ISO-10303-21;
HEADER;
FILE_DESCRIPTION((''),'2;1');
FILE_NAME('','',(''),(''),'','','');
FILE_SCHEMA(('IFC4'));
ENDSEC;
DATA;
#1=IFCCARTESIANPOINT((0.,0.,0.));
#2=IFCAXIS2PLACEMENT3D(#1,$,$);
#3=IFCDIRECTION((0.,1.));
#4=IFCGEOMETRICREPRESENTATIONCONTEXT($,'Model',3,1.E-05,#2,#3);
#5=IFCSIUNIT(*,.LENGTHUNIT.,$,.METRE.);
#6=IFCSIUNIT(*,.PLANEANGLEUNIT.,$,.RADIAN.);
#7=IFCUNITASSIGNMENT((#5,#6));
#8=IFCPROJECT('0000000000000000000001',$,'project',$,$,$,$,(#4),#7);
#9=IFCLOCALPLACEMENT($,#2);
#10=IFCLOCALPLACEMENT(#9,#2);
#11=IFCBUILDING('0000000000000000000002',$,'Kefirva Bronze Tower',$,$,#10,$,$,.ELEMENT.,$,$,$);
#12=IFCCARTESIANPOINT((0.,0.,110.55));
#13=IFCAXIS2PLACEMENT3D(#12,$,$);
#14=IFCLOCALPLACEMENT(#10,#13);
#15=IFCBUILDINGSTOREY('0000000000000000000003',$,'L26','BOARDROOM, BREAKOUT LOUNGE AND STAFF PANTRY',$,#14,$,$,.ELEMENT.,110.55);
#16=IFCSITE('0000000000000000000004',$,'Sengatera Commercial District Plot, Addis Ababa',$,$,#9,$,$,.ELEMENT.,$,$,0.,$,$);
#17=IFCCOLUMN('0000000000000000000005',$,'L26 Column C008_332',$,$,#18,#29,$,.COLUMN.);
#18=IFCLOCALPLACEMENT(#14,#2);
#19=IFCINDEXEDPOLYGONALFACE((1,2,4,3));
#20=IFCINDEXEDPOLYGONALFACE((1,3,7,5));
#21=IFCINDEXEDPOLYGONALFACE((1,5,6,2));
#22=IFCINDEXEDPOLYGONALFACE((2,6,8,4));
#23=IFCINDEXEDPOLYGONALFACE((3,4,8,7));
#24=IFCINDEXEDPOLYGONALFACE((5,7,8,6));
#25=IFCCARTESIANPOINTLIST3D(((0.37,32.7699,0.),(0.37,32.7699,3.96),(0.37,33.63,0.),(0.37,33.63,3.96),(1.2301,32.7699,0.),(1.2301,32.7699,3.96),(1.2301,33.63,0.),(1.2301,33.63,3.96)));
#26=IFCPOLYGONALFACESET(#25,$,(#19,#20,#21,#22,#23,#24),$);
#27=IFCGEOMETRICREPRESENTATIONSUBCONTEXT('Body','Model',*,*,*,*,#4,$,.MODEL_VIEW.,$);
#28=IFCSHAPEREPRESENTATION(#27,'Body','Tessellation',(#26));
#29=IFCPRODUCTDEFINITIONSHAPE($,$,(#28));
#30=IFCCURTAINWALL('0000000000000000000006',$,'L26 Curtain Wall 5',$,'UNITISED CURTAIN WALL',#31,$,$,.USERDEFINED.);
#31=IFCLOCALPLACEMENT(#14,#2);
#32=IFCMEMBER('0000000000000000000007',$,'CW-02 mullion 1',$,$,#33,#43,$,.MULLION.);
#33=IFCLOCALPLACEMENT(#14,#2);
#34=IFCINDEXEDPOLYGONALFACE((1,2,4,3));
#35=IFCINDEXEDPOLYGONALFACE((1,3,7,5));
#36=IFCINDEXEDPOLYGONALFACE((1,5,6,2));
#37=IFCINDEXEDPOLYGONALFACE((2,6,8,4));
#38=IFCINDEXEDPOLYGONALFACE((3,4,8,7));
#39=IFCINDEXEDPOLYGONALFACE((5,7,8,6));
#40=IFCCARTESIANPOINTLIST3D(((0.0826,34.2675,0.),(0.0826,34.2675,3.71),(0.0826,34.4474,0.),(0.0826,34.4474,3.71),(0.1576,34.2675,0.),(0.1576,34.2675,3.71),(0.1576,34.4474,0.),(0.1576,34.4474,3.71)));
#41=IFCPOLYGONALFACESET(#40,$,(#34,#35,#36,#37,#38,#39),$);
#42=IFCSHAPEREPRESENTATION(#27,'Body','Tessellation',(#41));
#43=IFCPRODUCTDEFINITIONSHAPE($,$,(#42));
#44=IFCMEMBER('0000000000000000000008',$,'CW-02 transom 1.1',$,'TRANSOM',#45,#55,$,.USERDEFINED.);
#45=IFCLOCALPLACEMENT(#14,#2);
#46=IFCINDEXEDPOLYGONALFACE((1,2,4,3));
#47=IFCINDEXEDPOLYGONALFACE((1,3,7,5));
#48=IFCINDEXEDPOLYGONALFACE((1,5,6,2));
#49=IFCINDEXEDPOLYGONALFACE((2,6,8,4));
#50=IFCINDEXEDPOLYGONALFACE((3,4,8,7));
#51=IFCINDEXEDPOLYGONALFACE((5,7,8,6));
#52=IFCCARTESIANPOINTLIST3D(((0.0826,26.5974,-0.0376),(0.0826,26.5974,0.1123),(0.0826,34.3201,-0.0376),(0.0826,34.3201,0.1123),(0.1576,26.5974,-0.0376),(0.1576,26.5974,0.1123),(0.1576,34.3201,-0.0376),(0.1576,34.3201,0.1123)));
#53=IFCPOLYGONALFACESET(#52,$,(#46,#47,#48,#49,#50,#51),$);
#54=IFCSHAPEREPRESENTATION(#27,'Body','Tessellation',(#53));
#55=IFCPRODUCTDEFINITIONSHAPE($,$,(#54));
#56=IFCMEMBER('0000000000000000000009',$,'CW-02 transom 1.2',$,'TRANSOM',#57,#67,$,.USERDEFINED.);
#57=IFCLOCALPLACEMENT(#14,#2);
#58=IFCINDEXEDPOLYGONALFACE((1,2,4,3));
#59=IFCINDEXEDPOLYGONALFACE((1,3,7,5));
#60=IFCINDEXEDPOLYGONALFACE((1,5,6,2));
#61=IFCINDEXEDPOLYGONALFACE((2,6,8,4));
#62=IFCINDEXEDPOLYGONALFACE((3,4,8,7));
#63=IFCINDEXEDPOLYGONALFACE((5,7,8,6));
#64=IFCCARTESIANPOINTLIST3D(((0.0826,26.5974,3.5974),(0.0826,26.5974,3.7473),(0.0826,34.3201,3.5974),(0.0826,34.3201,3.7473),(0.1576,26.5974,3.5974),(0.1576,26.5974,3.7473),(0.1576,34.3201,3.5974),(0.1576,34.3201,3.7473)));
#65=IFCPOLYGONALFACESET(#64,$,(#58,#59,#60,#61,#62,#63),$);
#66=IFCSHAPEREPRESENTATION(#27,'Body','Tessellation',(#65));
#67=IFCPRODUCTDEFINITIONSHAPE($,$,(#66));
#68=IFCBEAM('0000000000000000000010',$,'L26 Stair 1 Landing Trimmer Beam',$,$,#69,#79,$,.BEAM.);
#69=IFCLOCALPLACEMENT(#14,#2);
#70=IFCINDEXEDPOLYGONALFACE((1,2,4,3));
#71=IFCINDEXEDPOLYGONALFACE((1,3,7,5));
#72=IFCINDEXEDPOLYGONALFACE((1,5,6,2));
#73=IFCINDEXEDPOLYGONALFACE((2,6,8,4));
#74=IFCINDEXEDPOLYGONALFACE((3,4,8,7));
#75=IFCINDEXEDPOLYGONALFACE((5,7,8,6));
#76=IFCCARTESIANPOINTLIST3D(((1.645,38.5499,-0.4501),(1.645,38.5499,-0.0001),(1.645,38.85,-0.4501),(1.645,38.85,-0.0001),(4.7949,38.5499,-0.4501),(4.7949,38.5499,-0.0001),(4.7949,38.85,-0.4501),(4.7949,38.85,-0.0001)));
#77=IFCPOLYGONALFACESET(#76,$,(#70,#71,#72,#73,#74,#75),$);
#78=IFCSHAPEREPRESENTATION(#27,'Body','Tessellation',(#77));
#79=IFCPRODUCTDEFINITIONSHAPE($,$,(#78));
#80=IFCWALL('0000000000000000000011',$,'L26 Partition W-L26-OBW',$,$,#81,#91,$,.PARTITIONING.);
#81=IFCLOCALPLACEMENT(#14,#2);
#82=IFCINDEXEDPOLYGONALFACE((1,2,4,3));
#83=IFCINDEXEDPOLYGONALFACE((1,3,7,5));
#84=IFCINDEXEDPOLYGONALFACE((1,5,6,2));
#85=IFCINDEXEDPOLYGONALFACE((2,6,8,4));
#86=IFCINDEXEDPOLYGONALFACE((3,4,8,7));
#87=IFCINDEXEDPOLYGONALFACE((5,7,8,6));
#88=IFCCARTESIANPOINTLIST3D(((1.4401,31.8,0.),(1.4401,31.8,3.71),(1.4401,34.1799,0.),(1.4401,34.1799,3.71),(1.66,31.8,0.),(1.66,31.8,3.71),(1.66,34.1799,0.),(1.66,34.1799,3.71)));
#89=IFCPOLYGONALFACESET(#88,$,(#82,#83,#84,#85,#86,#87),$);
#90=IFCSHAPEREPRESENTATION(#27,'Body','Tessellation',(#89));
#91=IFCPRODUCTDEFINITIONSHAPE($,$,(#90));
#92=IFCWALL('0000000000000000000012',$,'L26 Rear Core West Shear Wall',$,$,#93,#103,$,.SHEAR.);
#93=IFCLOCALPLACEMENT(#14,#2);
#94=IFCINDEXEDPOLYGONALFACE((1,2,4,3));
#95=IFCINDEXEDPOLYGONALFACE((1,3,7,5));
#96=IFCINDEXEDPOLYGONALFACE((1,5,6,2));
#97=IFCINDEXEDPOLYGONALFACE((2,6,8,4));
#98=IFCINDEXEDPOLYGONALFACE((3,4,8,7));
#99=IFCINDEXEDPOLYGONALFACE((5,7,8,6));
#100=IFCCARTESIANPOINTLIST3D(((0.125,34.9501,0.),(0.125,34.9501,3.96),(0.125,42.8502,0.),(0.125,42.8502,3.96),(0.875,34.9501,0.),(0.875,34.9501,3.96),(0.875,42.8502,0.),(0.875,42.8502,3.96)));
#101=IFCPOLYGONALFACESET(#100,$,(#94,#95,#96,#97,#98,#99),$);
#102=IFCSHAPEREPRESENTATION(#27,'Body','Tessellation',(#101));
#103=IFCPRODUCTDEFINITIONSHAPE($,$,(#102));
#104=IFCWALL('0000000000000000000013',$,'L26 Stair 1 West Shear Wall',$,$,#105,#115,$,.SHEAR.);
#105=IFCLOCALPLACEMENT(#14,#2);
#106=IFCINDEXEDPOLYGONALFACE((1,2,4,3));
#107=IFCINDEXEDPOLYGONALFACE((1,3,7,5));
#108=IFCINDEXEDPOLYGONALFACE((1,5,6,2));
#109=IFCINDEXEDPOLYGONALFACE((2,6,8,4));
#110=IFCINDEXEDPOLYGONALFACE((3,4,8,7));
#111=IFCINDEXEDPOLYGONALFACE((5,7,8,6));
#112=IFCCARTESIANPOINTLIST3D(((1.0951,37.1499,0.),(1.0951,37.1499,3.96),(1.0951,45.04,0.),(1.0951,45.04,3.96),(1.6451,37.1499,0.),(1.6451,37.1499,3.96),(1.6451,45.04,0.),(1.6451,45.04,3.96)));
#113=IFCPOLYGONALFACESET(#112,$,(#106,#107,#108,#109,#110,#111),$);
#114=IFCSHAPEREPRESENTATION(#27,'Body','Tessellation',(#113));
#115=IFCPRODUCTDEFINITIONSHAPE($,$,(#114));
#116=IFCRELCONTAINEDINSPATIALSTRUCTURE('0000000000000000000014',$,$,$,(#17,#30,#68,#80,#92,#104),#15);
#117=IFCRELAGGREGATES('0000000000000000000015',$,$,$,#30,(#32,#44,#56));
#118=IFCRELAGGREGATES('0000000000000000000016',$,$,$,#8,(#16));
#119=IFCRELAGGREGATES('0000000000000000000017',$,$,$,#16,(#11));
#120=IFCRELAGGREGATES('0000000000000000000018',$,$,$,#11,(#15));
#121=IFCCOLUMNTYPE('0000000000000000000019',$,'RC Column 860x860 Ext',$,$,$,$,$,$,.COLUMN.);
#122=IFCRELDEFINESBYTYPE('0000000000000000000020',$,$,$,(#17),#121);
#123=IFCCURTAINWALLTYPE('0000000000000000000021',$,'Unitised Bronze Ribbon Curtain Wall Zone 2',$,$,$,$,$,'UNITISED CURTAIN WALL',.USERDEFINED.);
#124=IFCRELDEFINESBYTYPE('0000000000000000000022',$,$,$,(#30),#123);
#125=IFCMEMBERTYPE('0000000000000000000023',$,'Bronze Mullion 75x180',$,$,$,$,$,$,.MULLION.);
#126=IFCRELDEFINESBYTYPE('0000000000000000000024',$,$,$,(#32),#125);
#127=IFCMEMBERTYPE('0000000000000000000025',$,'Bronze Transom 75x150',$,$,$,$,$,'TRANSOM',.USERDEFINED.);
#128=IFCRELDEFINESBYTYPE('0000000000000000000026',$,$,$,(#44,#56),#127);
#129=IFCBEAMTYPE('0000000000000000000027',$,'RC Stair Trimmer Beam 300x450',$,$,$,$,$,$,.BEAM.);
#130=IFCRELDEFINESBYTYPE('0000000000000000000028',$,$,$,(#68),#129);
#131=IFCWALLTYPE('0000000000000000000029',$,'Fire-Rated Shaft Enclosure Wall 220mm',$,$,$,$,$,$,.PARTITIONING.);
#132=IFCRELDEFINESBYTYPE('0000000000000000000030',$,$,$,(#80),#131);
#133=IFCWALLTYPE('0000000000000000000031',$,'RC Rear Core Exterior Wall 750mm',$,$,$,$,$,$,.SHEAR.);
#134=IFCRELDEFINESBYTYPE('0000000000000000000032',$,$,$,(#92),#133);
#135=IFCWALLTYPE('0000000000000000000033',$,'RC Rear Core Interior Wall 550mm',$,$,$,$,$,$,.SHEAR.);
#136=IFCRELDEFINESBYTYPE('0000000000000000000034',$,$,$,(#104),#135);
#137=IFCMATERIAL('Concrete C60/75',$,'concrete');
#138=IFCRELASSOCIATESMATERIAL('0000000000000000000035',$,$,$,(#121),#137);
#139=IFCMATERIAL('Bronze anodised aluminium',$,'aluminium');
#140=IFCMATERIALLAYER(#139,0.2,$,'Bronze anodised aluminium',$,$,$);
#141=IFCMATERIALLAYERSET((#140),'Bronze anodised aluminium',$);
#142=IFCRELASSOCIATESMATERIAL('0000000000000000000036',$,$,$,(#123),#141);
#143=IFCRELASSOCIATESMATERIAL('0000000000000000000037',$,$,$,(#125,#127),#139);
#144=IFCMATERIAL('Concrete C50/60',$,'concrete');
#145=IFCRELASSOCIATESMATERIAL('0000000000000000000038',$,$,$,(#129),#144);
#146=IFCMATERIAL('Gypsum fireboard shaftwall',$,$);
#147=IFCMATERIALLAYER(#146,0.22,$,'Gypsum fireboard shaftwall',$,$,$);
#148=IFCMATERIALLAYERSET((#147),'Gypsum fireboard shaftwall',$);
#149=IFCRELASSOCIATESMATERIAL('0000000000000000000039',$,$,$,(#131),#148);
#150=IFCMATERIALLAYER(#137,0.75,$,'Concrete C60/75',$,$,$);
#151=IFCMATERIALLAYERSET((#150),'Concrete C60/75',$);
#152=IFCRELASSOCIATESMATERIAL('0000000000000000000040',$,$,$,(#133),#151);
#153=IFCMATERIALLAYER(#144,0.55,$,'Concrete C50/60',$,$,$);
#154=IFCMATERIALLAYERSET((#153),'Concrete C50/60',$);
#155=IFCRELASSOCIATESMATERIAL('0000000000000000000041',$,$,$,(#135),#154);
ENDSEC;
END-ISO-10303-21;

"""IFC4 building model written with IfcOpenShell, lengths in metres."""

from ifc_helpers import new_model, si_unit, direction, frame, frame_2d, origin, origin_2d, place, context, subcontext, project, spatial, rectangle, extrude, material, layer, layer_set, material_profile, profile_set, type_object, element, aggregate, save


model = new_model("IFC4")

# Units and contexts
model_context = context("Model", 3, precision=1e-05, world=origin(), true_north=direction((0.0, 1.0)))
body_context = subcontext(model_context, "Body", "Model", "MODEL_VIEW")
ifc_project = project(units=[si_unit("LENGTHUNIT", "METRE"), si_unit("PLANEANGLEUNIT", "RADIAN")], contexts=[model_context])

# Site, building, storey
site_placement = place(None, origin())
site = spatial("IfcSite", under=ifc_project, at=site_placement, Name="Sengatera Commercial District Plot, Addis Ababa", CompositionType="ELEMENT", RefElevation=0.0)
building_placement = place(site_placement, origin())
building = spatial("IfcBuilding", under=site, at=building_placement, Name="Kefirva Bronze Tower", CompositionType="ELEMENT")
storey_placement = place(building_placement, frame((0.0, 0.0, 110.55)))
storey = spatial("IfcBuildingStorey", under=building, at=storey_placement, Name="L26", Description="BOARDROOM, BREAKOUT LOUNGE AND STAFF PANTRY", CompositionType="ELEMENT", Elevation=110.55)

# Column
ifc_material_1 = material(Name="Concrete C60/75", Category="concrete")
ifc_material_profile_1 = material_profile(ifc_material_1, rectangle(XDim=0.8601, YDim=0.8601, at=origin_2d()), Name="RC 860x860")
ifc_profile_set_1 = profile_set([ifc_material_profile_1], Name="Concrete C60/75")
column_type = type_object("IfcColumnType", Name="RC Column 860x860 Ext", PredefinedType="COLUMN", material=ifc_profile_set_1)
column_placement = place(storey_placement, frame((0.8, 33.2, 0.0), z_axis=(0.0, 0.0, 1.0), x_axis=(1.0, 0.0, 0.0)))
element("IfcColumn", 1, at=column_placement, inside=storey, type_object=column_type, Name="L26 Column C008_332", PredefinedType="COLUMN", context=body_context, shape_type="SweptSolid", body=[
    extrude(rectangle(XDim=0.8601, YDim=0.8601, at=origin_2d()), origin(), (0.0, 0.0, 1.0), 3.96),
])

# Curtain wall, members
ifc_material_2 = material(Name="Bronze anodised aluminium", Category="aluminium")
ifc_layer_1 = layer(ifc_material_2, 0.2, Name="Bronze anodised aluminium")
ifc_layer_set_1 = layer_set([ifc_layer_1], Name="Bronze anodised aluminium")
curtain_wall_type = type_object("IfcCurtainWallType", Name="Unitised Bronze Ribbon Curtain Wall Zone 2", ElementType="UNITISED CURTAIN WALL", PredefinedType="USERDEFINED", material=ifc_layer_set_1)
curtain_wall_placement = place(storey_placement, origin())
curtain_wall = element("IfcCurtainWall", 2, at=curtain_wall_placement, inside=storey, type_object=curtain_wall_type, Name="L26 Curtain Wall 5", ObjectType="UNITISED CURTAIN WALL", PredefinedType="USERDEFINED")
ifc_material_profile_2 = material_profile(ifc_material_2, rectangle(XDim=0.075, YDim=0.1799, at=origin_2d()), Name="ALU 75x180")
ifc_profile_set_2 = profile_set([ifc_material_profile_2], Name="Bronze anodised aluminium")
member_type_1 = type_object("IfcMemberType", Name="Bronze Mullion 75x180", PredefinedType="MULLION", material=ifc_profile_set_2)
member_1_placement = place(storey_placement, frame((0.1201, 34.3574, 0.0), z_axis=(0.0, 0.0, 1.0), x_axis=(1.0, 0.0, 0.0)))
member_1 = element("IfcMember", 3, at=member_1_placement, type_object=member_type_1, Name="CW-02 mullion 1", PredefinedType="MULLION", context=body_context, shape_type="SweptSolid", body=[
    extrude(rectangle(XDim=0.075, YDim=0.1799, at=origin_2d()), origin(), (0.0, 0.0, 1.0), 3.71),
])
ifc_material_profile_3 = material_profile(ifc_material_2, rectangle(XDim=0.075, YDim=0.1499, at=origin_2d()), Name="ALU 75x150")
ifc_profile_set_3 = profile_set([ifc_material_profile_3], Name="Bronze anodised aluminium")
member_type_2 = type_object("IfcMemberType", Name="Bronze Transom 75x150", ElementType="TRANSOM", PredefinedType="USERDEFINED", material=ifc_profile_set_3)
member_2_placement = place(storey_placement, frame((0.1201, 34.3201, 0.0374), z_axis=(0.0, -1.0, 0.0), x_axis=(1.0, 0.0, 0.0)))
member_2 = element("IfcMember", 4, at=member_2_placement, type_object=member_type_2, Name="CW-02 transom 1.1", ObjectType="TRANSOM", PredefinedType="USERDEFINED", context=body_context, shape_type="SweptSolid", body=[
    extrude(rectangle(XDim=0.075, YDim=0.1499, at=origin_2d()), origin(), (0.0, 0.0, 1.0), 7.7227),
])
member_3_placement = place(storey_placement, frame((0.1201, 34.3201, 3.6724), z_axis=(0.0, -1.0, 0.0), x_axis=(1.0, 0.0, 0.0)))
member_3 = element("IfcMember", 5, at=member_3_placement, type_object=member_type_2, Name="CW-02 transom 1.2", ObjectType="TRANSOM", PredefinedType="USERDEFINED", context=body_context, shape_type="SweptSolid", body=[
    extrude(rectangle(XDim=0.075, YDim=0.1499, at=origin_2d()), origin(), (0.0, 0.0, 1.0), 7.7227),
])
aggregate(curtain_wall, [member_1, member_2, member_3])

# Beam
ifc_material_3 = material(Name="Concrete C50/60", Category="concrete")
ifc_material_profile_4 = material_profile(ifc_material_3, rectangle(XDim=0.3, YDim=0.45, at=origin_2d()), Name="RC 300x450")
ifc_profile_set_4 = profile_set([ifc_material_profile_4], Name="Concrete C50/60")
beam_type = type_object("IfcBeamType", Name="RC Stair Trimmer Beam 300x450", PredefinedType="BEAM", material=ifc_profile_set_4)
beam_placement = place(storey_placement, frame((1.645, 38.7, -0.2251), z_axis=(1.0, 0.0, 0.0), x_axis=(0.0, 1.0, 0.0)))
element("IfcBeam", 6, at=beam_placement, inside=storey, type_object=beam_type, Name="L26 Stair 1 Landing Trimmer Beam", PredefinedType="BEAM", context=body_context, shape_type="SweptSolid", body=[
    extrude(rectangle(XDim=0.3, YDim=0.45, at=origin_2d()), origin(), (0.0, 0.0, 1.0), 3.1499),
])

# Shared definitions
ifc_material_4 = material(Name="Gypsum fireboard shaftwall")
ifc_layer_2 = layer(ifc_material_4, 0.22, Name="Gypsum fireboard shaftwall")
ifc_layer_set_2 = layer_set([ifc_layer_2], Name="Gypsum fireboard shaftwall")
wall_type_1 = type_object("IfcWallType", Name="Fire-Rated Shaft Enclosure Wall 220mm", PredefinedType="PARTITIONING", material=ifc_layer_set_2)

# Walls
wall_1_placement = place(storey_placement, frame((1.55, 31.8, 0.0), z_axis=(0.0, 0.0, 1.0), x_axis=(0.0, 1.0, 0.0)))
element("IfcWall", 7, at=wall_1_placement, inside=storey, type_object=wall_type_1, Name="L26 Partition W-L26-OBW", PredefinedType="PARTITIONING", context=body_context, shape_type="SweptSolid", body=[
    extrude(rectangle(XDim=2.3799, YDim=0.22, at=frame_2d((1.1899, 0.0))), origin(), (0.0, 0.0, 1.0), 3.71),
])
ifc_layer_3 = layer(ifc_material_1, 0.75, Name="Concrete C60/75")
ifc_layer_set_3 = layer_set([ifc_layer_3], Name="Concrete C60/75")
wall_type_2 = type_object("IfcWallType", Name="RC Rear Core Exterior Wall 750mm", PredefinedType="SHEAR", material=ifc_layer_set_3)
wall_2_placement = place(storey_placement, frame((0.5, 34.95, 0.0), z_axis=(0.0, 0.0, 1.0), x_axis=(0.0, 1.0, 0.0)))
element("IfcWall", 8, at=wall_2_placement, inside=storey, type_object=wall_type_2, Name="L26 Rear Core West Shear Wall", PredefinedType="SHEAR", context=body_context, shape_type="SweptSolid", body=[
    extrude(rectangle(XDim=7.9001, YDim=0.75, at=frame_2d((3.9502, 0.0))), origin(), (0.0, 0.0, 1.0), 3.96),
])
ifc_layer_4 = layer(ifc_material_3, 0.55, Name="Concrete C50/60")
ifc_layer_set_4 = layer_set([ifc_layer_4], Name="Concrete C50/60")
wall_type_3 = type_object("IfcWallType", Name="RC Rear Core Interior Wall 550mm", PredefinedType="SHEAR", material=ifc_layer_set_4)
wall_3_placement = place(storey_placement, frame((1.3701, 37.1499, 0.0), z_axis=(0.0, 0.0, 1.0), x_axis=(0.0, 1.0, 0.0)))
element("IfcWall", 9, at=wall_3_placement, inside=storey, type_object=wall_type_3, Name="L26 Stair 1 West Shear Wall", PredefinedType="SHEAR", context=body_context, shape_type="SweptSolid", body=[
    extrude(rectangle(XDim=7.8901, YDim=0.55, at=frame_2d((3.9451, 0.0))), origin(), (0.0, 0.0, 1.0), 3.96),
])

save(model, "model.ifc")
